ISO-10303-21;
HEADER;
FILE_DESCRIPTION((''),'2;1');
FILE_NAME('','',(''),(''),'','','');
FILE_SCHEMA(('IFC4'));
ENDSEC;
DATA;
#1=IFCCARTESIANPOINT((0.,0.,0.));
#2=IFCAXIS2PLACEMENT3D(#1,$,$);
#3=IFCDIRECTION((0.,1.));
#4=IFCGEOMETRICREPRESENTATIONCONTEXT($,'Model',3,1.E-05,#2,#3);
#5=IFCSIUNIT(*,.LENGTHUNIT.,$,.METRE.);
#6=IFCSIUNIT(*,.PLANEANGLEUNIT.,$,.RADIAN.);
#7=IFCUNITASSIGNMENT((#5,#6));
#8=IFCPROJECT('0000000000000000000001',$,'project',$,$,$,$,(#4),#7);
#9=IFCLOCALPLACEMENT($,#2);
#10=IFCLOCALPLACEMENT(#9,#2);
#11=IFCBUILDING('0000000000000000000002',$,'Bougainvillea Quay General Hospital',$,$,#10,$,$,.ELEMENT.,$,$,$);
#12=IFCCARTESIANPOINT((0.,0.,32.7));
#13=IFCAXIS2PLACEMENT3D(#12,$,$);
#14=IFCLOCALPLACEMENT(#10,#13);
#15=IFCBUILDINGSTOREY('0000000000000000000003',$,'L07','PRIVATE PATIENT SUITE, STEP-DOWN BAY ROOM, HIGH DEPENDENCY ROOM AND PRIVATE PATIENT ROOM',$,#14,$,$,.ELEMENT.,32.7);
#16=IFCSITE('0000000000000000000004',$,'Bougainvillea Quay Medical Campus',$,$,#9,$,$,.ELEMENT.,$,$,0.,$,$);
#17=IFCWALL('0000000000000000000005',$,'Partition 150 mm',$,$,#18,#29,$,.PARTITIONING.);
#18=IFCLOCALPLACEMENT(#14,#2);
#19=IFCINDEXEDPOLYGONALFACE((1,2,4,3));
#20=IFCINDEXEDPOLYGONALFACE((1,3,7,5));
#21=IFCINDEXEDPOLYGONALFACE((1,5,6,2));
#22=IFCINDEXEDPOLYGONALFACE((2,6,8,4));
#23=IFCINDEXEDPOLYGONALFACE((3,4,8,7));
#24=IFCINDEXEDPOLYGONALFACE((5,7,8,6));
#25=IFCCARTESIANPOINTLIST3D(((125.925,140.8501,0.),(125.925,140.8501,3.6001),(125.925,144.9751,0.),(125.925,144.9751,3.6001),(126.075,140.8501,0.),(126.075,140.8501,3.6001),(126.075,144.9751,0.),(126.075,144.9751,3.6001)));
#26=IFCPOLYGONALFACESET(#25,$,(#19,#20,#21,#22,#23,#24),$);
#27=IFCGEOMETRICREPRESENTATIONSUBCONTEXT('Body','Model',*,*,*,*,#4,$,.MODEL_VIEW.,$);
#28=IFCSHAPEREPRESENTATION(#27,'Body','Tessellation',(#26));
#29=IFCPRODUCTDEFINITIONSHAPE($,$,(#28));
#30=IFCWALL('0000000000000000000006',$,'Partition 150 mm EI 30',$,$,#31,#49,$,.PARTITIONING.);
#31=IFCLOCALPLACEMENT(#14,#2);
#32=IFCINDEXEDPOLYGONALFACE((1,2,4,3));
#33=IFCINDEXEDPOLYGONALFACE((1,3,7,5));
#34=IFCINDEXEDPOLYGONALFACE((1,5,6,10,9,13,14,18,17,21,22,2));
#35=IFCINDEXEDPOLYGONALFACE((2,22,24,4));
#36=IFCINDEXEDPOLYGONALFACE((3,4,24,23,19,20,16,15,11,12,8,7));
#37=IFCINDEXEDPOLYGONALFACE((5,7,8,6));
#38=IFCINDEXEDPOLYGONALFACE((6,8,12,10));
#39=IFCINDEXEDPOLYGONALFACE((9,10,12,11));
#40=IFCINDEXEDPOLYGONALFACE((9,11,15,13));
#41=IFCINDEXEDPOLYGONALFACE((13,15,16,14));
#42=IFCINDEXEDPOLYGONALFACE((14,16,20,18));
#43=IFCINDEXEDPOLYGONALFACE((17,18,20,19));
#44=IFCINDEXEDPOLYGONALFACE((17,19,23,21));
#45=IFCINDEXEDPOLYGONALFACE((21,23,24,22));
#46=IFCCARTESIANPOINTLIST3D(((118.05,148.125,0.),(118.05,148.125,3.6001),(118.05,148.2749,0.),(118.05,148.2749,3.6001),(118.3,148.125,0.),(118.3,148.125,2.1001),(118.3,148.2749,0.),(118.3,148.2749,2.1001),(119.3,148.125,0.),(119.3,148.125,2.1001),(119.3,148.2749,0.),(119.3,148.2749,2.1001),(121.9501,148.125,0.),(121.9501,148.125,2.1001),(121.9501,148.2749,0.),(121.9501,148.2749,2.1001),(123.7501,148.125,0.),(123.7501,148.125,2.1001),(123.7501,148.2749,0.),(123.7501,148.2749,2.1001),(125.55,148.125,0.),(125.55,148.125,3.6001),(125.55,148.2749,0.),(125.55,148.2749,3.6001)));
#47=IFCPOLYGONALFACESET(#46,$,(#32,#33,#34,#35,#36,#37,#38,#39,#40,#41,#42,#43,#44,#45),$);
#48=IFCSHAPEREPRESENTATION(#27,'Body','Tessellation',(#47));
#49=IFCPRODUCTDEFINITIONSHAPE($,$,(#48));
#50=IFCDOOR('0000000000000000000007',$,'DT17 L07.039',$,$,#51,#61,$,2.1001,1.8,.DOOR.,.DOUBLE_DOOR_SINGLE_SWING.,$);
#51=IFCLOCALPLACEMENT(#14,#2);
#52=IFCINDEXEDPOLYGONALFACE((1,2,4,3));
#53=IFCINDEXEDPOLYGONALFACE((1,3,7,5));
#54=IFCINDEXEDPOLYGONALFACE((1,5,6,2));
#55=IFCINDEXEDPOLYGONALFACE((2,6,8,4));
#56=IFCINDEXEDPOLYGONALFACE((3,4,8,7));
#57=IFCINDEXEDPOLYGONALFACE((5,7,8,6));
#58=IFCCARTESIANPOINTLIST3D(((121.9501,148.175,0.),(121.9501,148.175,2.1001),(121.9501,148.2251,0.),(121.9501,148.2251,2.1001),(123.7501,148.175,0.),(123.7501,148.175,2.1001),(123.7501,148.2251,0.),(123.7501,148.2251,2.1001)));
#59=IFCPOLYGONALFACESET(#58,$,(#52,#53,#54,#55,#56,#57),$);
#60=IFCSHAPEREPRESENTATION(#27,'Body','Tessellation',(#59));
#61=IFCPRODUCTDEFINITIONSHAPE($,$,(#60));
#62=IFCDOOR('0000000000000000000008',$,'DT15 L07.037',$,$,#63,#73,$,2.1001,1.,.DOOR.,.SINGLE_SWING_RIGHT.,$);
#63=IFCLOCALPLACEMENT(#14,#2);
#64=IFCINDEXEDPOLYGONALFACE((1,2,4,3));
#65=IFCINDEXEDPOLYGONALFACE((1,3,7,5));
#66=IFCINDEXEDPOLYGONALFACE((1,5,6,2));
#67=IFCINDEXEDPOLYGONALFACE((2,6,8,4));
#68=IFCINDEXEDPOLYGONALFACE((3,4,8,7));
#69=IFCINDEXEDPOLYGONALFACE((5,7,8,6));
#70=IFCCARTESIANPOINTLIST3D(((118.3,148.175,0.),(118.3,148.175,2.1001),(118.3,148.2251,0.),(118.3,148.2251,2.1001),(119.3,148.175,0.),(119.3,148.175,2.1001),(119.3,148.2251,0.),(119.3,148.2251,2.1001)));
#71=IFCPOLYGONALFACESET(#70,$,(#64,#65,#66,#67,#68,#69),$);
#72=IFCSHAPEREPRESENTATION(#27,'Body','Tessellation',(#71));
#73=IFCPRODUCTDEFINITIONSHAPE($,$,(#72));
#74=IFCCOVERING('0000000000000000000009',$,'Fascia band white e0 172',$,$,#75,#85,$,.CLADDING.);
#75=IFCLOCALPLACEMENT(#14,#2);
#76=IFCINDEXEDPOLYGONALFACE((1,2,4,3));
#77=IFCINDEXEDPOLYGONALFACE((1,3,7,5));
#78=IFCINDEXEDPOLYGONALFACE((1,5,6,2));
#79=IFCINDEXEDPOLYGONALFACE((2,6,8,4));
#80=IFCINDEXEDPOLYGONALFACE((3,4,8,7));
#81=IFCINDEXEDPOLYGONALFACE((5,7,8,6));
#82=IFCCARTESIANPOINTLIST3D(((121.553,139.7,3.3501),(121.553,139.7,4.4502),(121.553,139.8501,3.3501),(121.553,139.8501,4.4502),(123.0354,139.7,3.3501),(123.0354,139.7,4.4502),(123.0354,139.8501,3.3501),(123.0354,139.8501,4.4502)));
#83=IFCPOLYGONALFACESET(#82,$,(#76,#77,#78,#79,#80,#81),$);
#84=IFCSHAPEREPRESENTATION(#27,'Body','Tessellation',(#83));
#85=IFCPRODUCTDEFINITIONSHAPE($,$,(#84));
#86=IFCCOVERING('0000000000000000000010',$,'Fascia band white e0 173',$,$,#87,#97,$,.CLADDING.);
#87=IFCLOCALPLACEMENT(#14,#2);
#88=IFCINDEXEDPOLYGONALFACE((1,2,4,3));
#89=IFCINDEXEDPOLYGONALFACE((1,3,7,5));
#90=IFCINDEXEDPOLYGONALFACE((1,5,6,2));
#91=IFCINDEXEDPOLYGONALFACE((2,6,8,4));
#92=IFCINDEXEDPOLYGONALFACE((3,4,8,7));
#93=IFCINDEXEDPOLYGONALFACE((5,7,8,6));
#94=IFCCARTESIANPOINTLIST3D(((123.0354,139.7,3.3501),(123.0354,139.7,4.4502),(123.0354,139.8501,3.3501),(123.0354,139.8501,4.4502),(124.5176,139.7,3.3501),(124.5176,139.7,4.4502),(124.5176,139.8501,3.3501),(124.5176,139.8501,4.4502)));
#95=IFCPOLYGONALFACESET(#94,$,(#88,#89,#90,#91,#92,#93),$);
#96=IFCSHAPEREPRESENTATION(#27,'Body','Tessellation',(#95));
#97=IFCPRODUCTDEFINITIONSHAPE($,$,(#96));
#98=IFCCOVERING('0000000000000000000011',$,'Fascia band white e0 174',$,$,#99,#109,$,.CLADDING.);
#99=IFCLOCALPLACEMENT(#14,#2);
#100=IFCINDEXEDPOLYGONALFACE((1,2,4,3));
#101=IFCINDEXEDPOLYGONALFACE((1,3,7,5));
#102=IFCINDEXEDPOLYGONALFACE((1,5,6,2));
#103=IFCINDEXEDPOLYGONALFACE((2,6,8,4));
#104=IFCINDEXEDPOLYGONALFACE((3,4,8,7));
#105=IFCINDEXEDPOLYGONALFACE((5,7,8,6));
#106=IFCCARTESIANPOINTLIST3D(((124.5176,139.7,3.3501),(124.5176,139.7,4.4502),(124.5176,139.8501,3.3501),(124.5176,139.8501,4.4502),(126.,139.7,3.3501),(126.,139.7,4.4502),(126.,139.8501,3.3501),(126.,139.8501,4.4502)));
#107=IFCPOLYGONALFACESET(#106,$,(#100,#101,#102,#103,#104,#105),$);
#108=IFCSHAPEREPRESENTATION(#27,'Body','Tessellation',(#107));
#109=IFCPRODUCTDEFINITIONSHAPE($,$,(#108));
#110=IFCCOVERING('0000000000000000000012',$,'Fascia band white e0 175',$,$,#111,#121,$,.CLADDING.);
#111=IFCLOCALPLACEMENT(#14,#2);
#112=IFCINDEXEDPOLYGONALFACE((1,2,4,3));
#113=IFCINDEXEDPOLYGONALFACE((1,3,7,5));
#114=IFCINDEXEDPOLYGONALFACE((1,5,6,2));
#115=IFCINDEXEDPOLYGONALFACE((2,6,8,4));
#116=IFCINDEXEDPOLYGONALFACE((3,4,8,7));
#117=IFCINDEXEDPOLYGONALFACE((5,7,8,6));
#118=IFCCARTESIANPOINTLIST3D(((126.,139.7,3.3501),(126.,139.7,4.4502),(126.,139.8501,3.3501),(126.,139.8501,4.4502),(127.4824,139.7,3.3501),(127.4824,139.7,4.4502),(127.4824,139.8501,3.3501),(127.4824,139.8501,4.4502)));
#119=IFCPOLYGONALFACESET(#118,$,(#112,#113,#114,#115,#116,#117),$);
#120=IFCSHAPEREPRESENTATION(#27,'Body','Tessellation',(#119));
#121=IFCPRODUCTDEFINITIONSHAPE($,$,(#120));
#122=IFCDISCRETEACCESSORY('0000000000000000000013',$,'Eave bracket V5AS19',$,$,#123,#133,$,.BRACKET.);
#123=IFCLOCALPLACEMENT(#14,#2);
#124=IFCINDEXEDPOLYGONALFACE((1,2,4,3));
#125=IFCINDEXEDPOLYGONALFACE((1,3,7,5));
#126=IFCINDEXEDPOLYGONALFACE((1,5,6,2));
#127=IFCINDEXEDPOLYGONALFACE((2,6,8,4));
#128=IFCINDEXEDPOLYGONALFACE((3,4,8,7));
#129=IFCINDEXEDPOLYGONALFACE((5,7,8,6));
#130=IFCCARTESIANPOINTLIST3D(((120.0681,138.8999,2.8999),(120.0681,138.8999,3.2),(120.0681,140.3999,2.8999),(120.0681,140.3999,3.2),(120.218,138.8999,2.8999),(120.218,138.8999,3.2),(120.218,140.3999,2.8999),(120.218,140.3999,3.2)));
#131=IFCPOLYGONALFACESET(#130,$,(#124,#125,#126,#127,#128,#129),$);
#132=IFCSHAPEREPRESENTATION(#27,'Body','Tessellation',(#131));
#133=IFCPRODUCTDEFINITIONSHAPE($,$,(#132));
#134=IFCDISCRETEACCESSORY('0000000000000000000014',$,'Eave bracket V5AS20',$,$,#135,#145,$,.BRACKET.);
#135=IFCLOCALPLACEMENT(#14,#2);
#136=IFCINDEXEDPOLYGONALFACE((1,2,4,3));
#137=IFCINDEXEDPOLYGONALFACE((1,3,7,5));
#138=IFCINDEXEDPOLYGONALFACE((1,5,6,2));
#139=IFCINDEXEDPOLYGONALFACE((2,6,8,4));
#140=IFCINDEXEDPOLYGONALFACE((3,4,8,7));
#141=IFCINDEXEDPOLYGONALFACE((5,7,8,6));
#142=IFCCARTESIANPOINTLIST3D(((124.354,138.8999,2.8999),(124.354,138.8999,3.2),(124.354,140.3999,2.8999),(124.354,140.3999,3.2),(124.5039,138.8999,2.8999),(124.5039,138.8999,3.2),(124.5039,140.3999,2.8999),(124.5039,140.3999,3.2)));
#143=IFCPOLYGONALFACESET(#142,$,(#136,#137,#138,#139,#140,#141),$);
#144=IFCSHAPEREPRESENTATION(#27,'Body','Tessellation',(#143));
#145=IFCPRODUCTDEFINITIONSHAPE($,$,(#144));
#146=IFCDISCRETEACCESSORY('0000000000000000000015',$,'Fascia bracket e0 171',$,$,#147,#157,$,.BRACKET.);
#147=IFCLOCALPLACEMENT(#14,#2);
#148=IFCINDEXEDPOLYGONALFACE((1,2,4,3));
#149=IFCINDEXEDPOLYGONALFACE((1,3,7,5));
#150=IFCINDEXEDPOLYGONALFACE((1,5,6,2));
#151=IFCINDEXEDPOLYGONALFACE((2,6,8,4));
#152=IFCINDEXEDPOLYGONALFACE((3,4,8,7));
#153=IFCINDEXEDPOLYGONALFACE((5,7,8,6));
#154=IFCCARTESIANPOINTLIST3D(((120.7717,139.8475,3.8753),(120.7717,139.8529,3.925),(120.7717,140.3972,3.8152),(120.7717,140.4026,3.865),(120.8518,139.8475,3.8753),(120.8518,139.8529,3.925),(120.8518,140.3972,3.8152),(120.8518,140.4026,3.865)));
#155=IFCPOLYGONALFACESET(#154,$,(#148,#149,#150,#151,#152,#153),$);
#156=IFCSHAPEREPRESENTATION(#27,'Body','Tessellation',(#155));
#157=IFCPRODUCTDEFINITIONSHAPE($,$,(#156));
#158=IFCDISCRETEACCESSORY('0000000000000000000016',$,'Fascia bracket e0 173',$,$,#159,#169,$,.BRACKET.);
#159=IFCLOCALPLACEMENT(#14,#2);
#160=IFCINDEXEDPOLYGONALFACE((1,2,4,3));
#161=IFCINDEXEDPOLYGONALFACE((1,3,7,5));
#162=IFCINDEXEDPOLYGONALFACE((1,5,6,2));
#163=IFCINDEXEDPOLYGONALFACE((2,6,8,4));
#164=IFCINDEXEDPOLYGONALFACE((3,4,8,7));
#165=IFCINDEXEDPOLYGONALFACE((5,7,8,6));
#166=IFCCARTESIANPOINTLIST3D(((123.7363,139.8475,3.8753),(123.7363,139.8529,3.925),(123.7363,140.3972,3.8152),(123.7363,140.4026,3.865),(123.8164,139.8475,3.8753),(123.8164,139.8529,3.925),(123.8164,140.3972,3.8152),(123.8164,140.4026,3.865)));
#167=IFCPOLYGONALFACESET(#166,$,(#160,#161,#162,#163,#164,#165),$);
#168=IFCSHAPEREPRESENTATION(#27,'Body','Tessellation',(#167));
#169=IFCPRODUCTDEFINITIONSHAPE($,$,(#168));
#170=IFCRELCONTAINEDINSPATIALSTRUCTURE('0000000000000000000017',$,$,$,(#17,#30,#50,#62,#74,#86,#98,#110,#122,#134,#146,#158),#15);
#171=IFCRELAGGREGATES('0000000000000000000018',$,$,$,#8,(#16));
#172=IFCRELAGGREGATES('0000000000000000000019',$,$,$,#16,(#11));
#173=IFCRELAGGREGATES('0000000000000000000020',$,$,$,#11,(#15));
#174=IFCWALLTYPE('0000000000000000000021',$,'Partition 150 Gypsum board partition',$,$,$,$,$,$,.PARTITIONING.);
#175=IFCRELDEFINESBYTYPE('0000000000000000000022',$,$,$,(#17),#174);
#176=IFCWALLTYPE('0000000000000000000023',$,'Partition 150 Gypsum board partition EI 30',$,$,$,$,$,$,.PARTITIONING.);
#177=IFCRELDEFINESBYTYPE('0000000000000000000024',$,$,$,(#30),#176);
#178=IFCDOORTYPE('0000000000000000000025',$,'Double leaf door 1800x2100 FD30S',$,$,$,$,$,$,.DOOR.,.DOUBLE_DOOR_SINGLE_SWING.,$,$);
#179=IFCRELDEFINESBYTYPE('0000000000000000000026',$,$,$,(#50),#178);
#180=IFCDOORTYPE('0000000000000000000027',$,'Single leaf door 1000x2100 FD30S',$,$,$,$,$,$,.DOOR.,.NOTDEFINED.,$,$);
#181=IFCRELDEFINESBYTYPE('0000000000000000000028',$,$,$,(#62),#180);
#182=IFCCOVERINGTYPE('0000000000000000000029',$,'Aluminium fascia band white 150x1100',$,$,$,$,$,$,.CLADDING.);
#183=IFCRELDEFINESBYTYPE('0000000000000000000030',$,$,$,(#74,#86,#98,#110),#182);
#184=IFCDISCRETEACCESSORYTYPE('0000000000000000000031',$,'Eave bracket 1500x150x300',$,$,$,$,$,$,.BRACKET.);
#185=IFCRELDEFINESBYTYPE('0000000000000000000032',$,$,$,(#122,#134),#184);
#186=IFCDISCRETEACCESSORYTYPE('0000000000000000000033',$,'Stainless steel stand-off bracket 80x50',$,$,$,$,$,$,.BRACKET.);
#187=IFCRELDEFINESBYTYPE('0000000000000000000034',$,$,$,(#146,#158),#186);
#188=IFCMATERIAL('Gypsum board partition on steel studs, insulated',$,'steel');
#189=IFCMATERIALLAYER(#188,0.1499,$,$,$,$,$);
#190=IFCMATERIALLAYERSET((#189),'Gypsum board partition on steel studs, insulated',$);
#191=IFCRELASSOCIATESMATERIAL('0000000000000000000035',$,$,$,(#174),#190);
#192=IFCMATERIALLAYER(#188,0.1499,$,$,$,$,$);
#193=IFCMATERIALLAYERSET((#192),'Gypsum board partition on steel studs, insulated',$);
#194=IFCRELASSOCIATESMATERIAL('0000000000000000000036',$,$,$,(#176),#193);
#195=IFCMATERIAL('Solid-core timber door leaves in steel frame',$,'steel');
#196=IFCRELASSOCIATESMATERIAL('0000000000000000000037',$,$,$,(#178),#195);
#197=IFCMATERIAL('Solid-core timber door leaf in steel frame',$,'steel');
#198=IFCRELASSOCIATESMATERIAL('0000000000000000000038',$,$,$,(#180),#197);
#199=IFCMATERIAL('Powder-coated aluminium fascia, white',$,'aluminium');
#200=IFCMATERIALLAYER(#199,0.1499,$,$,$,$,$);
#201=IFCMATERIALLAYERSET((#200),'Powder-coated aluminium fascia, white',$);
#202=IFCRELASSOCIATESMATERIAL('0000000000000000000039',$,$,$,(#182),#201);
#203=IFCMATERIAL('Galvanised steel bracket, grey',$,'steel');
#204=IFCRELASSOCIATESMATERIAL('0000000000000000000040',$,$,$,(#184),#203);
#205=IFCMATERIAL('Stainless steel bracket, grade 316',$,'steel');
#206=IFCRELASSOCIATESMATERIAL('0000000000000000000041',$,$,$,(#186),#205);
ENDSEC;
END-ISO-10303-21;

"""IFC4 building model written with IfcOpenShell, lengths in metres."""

from ifc_helpers import new_model, si_unit, direction, frame, frame_2d, origin, origin_2d, place, context, subcontext, project, spatial, polyline, rectangle, outline, extrude, material, layer, layer_set, material_profile, profile_set, type_object, element, fill, save


model = new_model("IFC4")

# Units and contexts
model_context = context("Model", 3, precision=1e-05, world=origin(), true_north=direction((0.0, 1.0)))
body_context = subcontext(model_context, "Body", "Model", "MODEL_VIEW")
ifc_project = project(units=[si_unit("LENGTHUNIT", "METRE"), si_unit("PLANEANGLEUNIT", "RADIAN")], contexts=[model_context])

# Site, building, storey
site_placement = place(None, origin())
site = spatial("IfcSite", under=ifc_project, at=site_placement, Name="Bougainvillea Quay Medical Campus", CompositionType="ELEMENT", RefElevation=0.0)
building_placement = place(site_placement, origin())
building = spatial("IfcBuilding", under=site, at=building_placement, Name="Bougainvillea Quay General Hospital", CompositionType="ELEMENT")
storey_placement = place(building_placement, frame((0.0, 0.0, 32.7)))
storey = spatial("IfcBuildingStorey", under=building, at=storey_placement, Name="L07", Description="PRIVATE PATIENT SUITE, STEP-DOWN BAY ROOM, HIGH DEPENDENCY ROOM AND PRIVATE PATIENT ROOM", CompositionType="ELEMENT", Elevation=32.7)

# Wall
ifc_material_1 = material(Name="Gypsum board partition on steel studs, insulated", Category="steel")
ifc_layer_1 = layer(ifc_material_1, 0.1499)
ifc_layer_set_1 = layer_set([ifc_layer_1], Name="Gypsum board partition on steel studs, insulated")
wall_type_1 = type_object("IfcWallType", Name="Partition 150 Gypsum board partition", PredefinedType="PARTITIONING", material=ifc_layer_set_1)
wall_1_placement = place(storey_placement, frame((126.0, 140.8501, 0.0), z_axis=(0.0, 0.0, 1.0), x_axis=(0.0, 1.0, 0.0)))
element("IfcWall", 1, at=wall_1_placement, inside=storey, type_object=wall_type_1, Name="Partition 150 mm", PredefinedType="PARTITIONING", context=body_context, shape_type="SweptSolid", body=[
    extrude(rectangle(XDim=4.125, YDim=0.1499, at=frame_2d((2.0625, 0.0))), origin(), (0.0, 0.0, 1.0), 3.6001),
])

# Wall, openings, doors
ifc_layer_2 = layer(ifc_material_1, 0.1499)
ifc_layer_set_2 = layer_set([ifc_layer_2], Name="Gypsum board partition on steel studs, insulated")
wall_type_2 = type_object("IfcWallType", Name="Partition 150 Gypsum board partition EI 30", PredefinedType="PARTITIONING", material=ifc_layer_set_2)
wall_2_placement = place(storey_placement, frame((125.55, 148.2, 0.0), z_axis=(0.0, 0.0, 1.0), x_axis=(-1.0, 0.0, 0.0)))
wall_2 = element("IfcWall", 2, at=wall_2_placement, inside=storey, type_object=wall_type_2, Name="Partition 150 mm EI 30", PredefinedType="PARTITIONING", context=body_context, shape_type="SweptSolid", body=[
    extrude(rectangle(XDim=7.5, YDim=0.1499, at=frame_2d((3.75, 0.0))), origin(), (0.0, 0.0, 1.0), 3.6001),
])
opening_1_placement = place(wall_2_placement, frame((6.25, 0.0, 0.0)))
opening_1 = element("IfcOpeningElement", 3, at=opening_1_placement, cuts=wall_2, PredefinedType="OPENING", context=body_context, shape_type="SweptSolid", body=[
    extrude(rectangle(XDim=1.0, YDim=2.1001, at=frame_2d((0.5, 1.05))), frame((0.0, 0.085, 0.0), z_axis=(0.0, -1.0, 0.0), x_axis=(1.0, 0.0, 0.0)), (0.0, 0.0, 1.0), 0.1699),
])
opening_2_placement = place(wall_2_placement, frame((1.8, 0.0, 0.0)))
opening_2 = element("IfcOpeningElement", 4, at=opening_2_placement, cuts=wall_2, PredefinedType="OPENING", context=body_context, shape_type="SweptSolid", body=[
    extrude(rectangle(XDim=1.8, YDim=2.1001, at=frame_2d((0.8999, 1.05))), frame((0.0, 0.085, 0.0), z_axis=(0.0, -1.0, 0.0), x_axis=(1.0, 0.0, 0.0)), (0.0, 0.0, 1.0), 0.1699),
])
ifc_material_2 = material(Name="Solid-core timber door leaves in steel frame", Category="steel")
door_type_1 = type_object("IfcDoorType", Name="Double leaf door 1800x2100 FD30S", OperationType="DOUBLE_DOOR_SINGLE_SWING", PredefinedType="DOOR", material=ifc_material_2)
door_1_placement = place(opening_2_placement, origin())
door_1 = element("IfcDoor", 5, at=door_1_placement, inside=storey, type_object=door_type_1, Name="DT17 L07.039", OperationType="DOUBLE_DOOR_SINGLE_SWING", OverallHeight=2.1001, OverallWidth=1.8, PredefinedType="DOOR", context=body_context, shape_type="SweptSolid", body=[
    extrude(rectangle(XDim=1.8, YDim=2.1001, at=frame_2d((0.8999, 1.05))), frame((0.0, 0.0249, 0.0), z_axis=(0.0, -1.0, 0.0), x_axis=(1.0, 0.0, 0.0)), (0.0, 0.0, 1.0), 0.05),
])
fill(opening_2, door_1)
ifc_material_3 = material(Name="Solid-core timber door leaf in steel frame", Category="steel")
door_type_2 = type_object("IfcDoorType", Name="Single leaf door 1000x2100 FD30S", OperationType="NOTDEFINED", PredefinedType="DOOR", material=ifc_material_3)
door_2_placement = place(opening_1_placement, origin())
door_2 = element("IfcDoor", 6, at=door_2_placement, inside=storey, type_object=door_type_2, Name="DT15 L07.037", OperationType="SINGLE_SWING_RIGHT", OverallHeight=2.1001, OverallWidth=1.0, PredefinedType="DOOR", context=body_context, shape_type="SweptSolid", body=[
    extrude(rectangle(XDim=1.0, YDim=2.1001, at=frame_2d((0.5, 1.05))), frame((0.0, 0.0249, 0.0), z_axis=(0.0, -1.0, 0.0), x_axis=(1.0, 0.0, 0.0)), (0.0, 0.0, 1.0), 0.05),
])
fill(opening_1, door_2)

# Coverings
ifc_material_4 = material(Name="Powder-coated aluminium fascia, white", Category="aluminium")
ifc_layer_3 = layer(ifc_material_4, 0.1499)
ifc_layer_set_3 = layer_set([ifc_layer_3], Name="Powder-coated aluminium fascia, white")
covering_type = type_object("IfcCoveringType", Name="Aluminium fascia band white 150x1100", PredefinedType="CLADDING", material=ifc_layer_set_3)
covering_1_placement = place(storey_placement, frame((121.553, 139.8501, 3.3501), z_axis=(0.0, 0.0, 1.0), x_axis=(1.0, 0.0, 0.0)))
element("IfcCovering", 7, at=covering_1_placement, inside=storey, type_object=covering_type, Name="Fascia band white e0 172", PredefinedType="CLADDING", context=body_context, shape_type="SweptSolid", body=[
    extrude(outline(polyline([(0.0, 0.0), (1.4824, 0.0), (1.4824, -0.1501), (0.0, -0.1501), (0.0, 0.0)])), origin(), (0.0, 0.0, 1.0), 1.1001),
])
covering_2_placement = place(storey_placement, frame((123.0354, 139.8501, 3.3501), z_axis=(0.0, 0.0, 1.0), x_axis=(1.0, 0.0, 0.0)))
element("IfcCovering", 8, at=covering_2_placement, inside=storey, type_object=covering_type, Name="Fascia band white e0 173", PredefinedType="CLADDING", context=body_context, shape_type="SweptSolid", body=[
    extrude(outline(polyline([(0.0, 0.0), (1.4822, 0.0), (1.4822, -0.1501), (0.0, -0.1501), (0.0, 0.0)])), origin(), (0.0, 0.0, 1.0), 1.1001),
])
for number, where, z_axis, x_axis, name in (
    (9, (124.5176, 139.8501, 3.3501), (0.0, 0.0, 1.0), (1.0, 0.0, 0.0), "Fascia band white e0 174"),
    (10, (126.0, 139.8501, 3.3501), (0.0, 0.0, 1.0), (1.0, 0.0, 0.0), "Fascia band white e0 175"),
):
    element("IfcCovering", number, at=place(storey_placement, frame(where, z_axis=z_axis, x_axis=x_axis)), inside=storey, type_object=covering_type, Name=name, PredefinedType="CLADDING", context=body_context, shape_type="SweptSolid", body=[
        extrude(outline(polyline([(0.0, 0.0), (1.4824, 0.0), (1.4824, -0.1501), (0.0, -0.1501), (0.0, 0.0)])), origin(), (0.0, 0.0, 1.0), 1.1001),
    ])

# Discrete accessories
ifc_material_5 = material(Name="Galvanised steel bracket, grey", Category="steel")
discrete_accessory_type_1 = type_object("IfcDiscreteAccessoryType", Name="Eave bracket 1500x150x300", PredefinedType="BRACKET", material=ifc_material_5)
for number, where, z_axis, x_axis, name in (
    (11, (120.1431, 139.6499, 2.8999), (0.0, 0.0, 1.0), (1.0, 0.0, 0.0), "Eave bracket V5AS19"),
    (12, (124.429, 139.6499, 2.8999), (0.0, 0.0, 1.0), (1.0, 0.0, 0.0), "Eave bracket V5AS20"),
):
    element("IfcDiscreteAccessory", number, at=place(storey_placement, frame(where, z_axis=z_axis, x_axis=x_axis)), inside=storey, type_object=discrete_accessory_type_1, Name=name, PredefinedType="BRACKET", context=body_context, shape_type="SweptSolid", body=[
        extrude(rectangle(XDim=0.1499, YDim=1.5, at=origin_2d()), origin(), (0.0, 0.0, 1.0), 0.3),
    ])
ifc_material_6 = material(Name="Stainless steel bracket, grade 316", Category="steel")
ifc_material_profile_1 = material_profile(ifc_material_6, rectangle(XDim=0.0801, YDim=0.05, at=origin_2d()))
ifc_profile_set_1 = profile_set([ifc_material_profile_1], Name="Stainless steel bracket, grade 316")
discrete_accessory_type_2 = type_object("IfcDiscreteAccessoryType", Name="Stainless steel stand-off bracket 80x50", PredefinedType="BRACKET", material=ifc_profile_set_1)
for number, where, z_axis, x_axis, name in (
    (13, (120.8118, 140.3999, 3.8401), (0.0, -0.994087, 0.10859), (1.0, 0.0, 0.0), "Fascia bracket e0 171"),
    (14, (123.7764, 140.3999, 3.8401), (0.0, -0.994087, 0.10859), (1.0, 0.0, 0.0), "Fascia bracket e0 173"),
):
    element("IfcDiscreteAccessory", number, at=place(storey_placement, frame(where, z_axis=z_axis, x_axis=x_axis)), inside=storey, type_object=discrete_accessory_type_2, Name=name, PredefinedType="BRACKET", context=body_context, shape_type="SweptSolid", body=[
        extrude(rectangle(XDim=0.0801, YDim=0.05, at=origin_2d()), origin(), (0.0, 0.0, 1.0), 0.553),
    ])

save(model, "model.ifc")
